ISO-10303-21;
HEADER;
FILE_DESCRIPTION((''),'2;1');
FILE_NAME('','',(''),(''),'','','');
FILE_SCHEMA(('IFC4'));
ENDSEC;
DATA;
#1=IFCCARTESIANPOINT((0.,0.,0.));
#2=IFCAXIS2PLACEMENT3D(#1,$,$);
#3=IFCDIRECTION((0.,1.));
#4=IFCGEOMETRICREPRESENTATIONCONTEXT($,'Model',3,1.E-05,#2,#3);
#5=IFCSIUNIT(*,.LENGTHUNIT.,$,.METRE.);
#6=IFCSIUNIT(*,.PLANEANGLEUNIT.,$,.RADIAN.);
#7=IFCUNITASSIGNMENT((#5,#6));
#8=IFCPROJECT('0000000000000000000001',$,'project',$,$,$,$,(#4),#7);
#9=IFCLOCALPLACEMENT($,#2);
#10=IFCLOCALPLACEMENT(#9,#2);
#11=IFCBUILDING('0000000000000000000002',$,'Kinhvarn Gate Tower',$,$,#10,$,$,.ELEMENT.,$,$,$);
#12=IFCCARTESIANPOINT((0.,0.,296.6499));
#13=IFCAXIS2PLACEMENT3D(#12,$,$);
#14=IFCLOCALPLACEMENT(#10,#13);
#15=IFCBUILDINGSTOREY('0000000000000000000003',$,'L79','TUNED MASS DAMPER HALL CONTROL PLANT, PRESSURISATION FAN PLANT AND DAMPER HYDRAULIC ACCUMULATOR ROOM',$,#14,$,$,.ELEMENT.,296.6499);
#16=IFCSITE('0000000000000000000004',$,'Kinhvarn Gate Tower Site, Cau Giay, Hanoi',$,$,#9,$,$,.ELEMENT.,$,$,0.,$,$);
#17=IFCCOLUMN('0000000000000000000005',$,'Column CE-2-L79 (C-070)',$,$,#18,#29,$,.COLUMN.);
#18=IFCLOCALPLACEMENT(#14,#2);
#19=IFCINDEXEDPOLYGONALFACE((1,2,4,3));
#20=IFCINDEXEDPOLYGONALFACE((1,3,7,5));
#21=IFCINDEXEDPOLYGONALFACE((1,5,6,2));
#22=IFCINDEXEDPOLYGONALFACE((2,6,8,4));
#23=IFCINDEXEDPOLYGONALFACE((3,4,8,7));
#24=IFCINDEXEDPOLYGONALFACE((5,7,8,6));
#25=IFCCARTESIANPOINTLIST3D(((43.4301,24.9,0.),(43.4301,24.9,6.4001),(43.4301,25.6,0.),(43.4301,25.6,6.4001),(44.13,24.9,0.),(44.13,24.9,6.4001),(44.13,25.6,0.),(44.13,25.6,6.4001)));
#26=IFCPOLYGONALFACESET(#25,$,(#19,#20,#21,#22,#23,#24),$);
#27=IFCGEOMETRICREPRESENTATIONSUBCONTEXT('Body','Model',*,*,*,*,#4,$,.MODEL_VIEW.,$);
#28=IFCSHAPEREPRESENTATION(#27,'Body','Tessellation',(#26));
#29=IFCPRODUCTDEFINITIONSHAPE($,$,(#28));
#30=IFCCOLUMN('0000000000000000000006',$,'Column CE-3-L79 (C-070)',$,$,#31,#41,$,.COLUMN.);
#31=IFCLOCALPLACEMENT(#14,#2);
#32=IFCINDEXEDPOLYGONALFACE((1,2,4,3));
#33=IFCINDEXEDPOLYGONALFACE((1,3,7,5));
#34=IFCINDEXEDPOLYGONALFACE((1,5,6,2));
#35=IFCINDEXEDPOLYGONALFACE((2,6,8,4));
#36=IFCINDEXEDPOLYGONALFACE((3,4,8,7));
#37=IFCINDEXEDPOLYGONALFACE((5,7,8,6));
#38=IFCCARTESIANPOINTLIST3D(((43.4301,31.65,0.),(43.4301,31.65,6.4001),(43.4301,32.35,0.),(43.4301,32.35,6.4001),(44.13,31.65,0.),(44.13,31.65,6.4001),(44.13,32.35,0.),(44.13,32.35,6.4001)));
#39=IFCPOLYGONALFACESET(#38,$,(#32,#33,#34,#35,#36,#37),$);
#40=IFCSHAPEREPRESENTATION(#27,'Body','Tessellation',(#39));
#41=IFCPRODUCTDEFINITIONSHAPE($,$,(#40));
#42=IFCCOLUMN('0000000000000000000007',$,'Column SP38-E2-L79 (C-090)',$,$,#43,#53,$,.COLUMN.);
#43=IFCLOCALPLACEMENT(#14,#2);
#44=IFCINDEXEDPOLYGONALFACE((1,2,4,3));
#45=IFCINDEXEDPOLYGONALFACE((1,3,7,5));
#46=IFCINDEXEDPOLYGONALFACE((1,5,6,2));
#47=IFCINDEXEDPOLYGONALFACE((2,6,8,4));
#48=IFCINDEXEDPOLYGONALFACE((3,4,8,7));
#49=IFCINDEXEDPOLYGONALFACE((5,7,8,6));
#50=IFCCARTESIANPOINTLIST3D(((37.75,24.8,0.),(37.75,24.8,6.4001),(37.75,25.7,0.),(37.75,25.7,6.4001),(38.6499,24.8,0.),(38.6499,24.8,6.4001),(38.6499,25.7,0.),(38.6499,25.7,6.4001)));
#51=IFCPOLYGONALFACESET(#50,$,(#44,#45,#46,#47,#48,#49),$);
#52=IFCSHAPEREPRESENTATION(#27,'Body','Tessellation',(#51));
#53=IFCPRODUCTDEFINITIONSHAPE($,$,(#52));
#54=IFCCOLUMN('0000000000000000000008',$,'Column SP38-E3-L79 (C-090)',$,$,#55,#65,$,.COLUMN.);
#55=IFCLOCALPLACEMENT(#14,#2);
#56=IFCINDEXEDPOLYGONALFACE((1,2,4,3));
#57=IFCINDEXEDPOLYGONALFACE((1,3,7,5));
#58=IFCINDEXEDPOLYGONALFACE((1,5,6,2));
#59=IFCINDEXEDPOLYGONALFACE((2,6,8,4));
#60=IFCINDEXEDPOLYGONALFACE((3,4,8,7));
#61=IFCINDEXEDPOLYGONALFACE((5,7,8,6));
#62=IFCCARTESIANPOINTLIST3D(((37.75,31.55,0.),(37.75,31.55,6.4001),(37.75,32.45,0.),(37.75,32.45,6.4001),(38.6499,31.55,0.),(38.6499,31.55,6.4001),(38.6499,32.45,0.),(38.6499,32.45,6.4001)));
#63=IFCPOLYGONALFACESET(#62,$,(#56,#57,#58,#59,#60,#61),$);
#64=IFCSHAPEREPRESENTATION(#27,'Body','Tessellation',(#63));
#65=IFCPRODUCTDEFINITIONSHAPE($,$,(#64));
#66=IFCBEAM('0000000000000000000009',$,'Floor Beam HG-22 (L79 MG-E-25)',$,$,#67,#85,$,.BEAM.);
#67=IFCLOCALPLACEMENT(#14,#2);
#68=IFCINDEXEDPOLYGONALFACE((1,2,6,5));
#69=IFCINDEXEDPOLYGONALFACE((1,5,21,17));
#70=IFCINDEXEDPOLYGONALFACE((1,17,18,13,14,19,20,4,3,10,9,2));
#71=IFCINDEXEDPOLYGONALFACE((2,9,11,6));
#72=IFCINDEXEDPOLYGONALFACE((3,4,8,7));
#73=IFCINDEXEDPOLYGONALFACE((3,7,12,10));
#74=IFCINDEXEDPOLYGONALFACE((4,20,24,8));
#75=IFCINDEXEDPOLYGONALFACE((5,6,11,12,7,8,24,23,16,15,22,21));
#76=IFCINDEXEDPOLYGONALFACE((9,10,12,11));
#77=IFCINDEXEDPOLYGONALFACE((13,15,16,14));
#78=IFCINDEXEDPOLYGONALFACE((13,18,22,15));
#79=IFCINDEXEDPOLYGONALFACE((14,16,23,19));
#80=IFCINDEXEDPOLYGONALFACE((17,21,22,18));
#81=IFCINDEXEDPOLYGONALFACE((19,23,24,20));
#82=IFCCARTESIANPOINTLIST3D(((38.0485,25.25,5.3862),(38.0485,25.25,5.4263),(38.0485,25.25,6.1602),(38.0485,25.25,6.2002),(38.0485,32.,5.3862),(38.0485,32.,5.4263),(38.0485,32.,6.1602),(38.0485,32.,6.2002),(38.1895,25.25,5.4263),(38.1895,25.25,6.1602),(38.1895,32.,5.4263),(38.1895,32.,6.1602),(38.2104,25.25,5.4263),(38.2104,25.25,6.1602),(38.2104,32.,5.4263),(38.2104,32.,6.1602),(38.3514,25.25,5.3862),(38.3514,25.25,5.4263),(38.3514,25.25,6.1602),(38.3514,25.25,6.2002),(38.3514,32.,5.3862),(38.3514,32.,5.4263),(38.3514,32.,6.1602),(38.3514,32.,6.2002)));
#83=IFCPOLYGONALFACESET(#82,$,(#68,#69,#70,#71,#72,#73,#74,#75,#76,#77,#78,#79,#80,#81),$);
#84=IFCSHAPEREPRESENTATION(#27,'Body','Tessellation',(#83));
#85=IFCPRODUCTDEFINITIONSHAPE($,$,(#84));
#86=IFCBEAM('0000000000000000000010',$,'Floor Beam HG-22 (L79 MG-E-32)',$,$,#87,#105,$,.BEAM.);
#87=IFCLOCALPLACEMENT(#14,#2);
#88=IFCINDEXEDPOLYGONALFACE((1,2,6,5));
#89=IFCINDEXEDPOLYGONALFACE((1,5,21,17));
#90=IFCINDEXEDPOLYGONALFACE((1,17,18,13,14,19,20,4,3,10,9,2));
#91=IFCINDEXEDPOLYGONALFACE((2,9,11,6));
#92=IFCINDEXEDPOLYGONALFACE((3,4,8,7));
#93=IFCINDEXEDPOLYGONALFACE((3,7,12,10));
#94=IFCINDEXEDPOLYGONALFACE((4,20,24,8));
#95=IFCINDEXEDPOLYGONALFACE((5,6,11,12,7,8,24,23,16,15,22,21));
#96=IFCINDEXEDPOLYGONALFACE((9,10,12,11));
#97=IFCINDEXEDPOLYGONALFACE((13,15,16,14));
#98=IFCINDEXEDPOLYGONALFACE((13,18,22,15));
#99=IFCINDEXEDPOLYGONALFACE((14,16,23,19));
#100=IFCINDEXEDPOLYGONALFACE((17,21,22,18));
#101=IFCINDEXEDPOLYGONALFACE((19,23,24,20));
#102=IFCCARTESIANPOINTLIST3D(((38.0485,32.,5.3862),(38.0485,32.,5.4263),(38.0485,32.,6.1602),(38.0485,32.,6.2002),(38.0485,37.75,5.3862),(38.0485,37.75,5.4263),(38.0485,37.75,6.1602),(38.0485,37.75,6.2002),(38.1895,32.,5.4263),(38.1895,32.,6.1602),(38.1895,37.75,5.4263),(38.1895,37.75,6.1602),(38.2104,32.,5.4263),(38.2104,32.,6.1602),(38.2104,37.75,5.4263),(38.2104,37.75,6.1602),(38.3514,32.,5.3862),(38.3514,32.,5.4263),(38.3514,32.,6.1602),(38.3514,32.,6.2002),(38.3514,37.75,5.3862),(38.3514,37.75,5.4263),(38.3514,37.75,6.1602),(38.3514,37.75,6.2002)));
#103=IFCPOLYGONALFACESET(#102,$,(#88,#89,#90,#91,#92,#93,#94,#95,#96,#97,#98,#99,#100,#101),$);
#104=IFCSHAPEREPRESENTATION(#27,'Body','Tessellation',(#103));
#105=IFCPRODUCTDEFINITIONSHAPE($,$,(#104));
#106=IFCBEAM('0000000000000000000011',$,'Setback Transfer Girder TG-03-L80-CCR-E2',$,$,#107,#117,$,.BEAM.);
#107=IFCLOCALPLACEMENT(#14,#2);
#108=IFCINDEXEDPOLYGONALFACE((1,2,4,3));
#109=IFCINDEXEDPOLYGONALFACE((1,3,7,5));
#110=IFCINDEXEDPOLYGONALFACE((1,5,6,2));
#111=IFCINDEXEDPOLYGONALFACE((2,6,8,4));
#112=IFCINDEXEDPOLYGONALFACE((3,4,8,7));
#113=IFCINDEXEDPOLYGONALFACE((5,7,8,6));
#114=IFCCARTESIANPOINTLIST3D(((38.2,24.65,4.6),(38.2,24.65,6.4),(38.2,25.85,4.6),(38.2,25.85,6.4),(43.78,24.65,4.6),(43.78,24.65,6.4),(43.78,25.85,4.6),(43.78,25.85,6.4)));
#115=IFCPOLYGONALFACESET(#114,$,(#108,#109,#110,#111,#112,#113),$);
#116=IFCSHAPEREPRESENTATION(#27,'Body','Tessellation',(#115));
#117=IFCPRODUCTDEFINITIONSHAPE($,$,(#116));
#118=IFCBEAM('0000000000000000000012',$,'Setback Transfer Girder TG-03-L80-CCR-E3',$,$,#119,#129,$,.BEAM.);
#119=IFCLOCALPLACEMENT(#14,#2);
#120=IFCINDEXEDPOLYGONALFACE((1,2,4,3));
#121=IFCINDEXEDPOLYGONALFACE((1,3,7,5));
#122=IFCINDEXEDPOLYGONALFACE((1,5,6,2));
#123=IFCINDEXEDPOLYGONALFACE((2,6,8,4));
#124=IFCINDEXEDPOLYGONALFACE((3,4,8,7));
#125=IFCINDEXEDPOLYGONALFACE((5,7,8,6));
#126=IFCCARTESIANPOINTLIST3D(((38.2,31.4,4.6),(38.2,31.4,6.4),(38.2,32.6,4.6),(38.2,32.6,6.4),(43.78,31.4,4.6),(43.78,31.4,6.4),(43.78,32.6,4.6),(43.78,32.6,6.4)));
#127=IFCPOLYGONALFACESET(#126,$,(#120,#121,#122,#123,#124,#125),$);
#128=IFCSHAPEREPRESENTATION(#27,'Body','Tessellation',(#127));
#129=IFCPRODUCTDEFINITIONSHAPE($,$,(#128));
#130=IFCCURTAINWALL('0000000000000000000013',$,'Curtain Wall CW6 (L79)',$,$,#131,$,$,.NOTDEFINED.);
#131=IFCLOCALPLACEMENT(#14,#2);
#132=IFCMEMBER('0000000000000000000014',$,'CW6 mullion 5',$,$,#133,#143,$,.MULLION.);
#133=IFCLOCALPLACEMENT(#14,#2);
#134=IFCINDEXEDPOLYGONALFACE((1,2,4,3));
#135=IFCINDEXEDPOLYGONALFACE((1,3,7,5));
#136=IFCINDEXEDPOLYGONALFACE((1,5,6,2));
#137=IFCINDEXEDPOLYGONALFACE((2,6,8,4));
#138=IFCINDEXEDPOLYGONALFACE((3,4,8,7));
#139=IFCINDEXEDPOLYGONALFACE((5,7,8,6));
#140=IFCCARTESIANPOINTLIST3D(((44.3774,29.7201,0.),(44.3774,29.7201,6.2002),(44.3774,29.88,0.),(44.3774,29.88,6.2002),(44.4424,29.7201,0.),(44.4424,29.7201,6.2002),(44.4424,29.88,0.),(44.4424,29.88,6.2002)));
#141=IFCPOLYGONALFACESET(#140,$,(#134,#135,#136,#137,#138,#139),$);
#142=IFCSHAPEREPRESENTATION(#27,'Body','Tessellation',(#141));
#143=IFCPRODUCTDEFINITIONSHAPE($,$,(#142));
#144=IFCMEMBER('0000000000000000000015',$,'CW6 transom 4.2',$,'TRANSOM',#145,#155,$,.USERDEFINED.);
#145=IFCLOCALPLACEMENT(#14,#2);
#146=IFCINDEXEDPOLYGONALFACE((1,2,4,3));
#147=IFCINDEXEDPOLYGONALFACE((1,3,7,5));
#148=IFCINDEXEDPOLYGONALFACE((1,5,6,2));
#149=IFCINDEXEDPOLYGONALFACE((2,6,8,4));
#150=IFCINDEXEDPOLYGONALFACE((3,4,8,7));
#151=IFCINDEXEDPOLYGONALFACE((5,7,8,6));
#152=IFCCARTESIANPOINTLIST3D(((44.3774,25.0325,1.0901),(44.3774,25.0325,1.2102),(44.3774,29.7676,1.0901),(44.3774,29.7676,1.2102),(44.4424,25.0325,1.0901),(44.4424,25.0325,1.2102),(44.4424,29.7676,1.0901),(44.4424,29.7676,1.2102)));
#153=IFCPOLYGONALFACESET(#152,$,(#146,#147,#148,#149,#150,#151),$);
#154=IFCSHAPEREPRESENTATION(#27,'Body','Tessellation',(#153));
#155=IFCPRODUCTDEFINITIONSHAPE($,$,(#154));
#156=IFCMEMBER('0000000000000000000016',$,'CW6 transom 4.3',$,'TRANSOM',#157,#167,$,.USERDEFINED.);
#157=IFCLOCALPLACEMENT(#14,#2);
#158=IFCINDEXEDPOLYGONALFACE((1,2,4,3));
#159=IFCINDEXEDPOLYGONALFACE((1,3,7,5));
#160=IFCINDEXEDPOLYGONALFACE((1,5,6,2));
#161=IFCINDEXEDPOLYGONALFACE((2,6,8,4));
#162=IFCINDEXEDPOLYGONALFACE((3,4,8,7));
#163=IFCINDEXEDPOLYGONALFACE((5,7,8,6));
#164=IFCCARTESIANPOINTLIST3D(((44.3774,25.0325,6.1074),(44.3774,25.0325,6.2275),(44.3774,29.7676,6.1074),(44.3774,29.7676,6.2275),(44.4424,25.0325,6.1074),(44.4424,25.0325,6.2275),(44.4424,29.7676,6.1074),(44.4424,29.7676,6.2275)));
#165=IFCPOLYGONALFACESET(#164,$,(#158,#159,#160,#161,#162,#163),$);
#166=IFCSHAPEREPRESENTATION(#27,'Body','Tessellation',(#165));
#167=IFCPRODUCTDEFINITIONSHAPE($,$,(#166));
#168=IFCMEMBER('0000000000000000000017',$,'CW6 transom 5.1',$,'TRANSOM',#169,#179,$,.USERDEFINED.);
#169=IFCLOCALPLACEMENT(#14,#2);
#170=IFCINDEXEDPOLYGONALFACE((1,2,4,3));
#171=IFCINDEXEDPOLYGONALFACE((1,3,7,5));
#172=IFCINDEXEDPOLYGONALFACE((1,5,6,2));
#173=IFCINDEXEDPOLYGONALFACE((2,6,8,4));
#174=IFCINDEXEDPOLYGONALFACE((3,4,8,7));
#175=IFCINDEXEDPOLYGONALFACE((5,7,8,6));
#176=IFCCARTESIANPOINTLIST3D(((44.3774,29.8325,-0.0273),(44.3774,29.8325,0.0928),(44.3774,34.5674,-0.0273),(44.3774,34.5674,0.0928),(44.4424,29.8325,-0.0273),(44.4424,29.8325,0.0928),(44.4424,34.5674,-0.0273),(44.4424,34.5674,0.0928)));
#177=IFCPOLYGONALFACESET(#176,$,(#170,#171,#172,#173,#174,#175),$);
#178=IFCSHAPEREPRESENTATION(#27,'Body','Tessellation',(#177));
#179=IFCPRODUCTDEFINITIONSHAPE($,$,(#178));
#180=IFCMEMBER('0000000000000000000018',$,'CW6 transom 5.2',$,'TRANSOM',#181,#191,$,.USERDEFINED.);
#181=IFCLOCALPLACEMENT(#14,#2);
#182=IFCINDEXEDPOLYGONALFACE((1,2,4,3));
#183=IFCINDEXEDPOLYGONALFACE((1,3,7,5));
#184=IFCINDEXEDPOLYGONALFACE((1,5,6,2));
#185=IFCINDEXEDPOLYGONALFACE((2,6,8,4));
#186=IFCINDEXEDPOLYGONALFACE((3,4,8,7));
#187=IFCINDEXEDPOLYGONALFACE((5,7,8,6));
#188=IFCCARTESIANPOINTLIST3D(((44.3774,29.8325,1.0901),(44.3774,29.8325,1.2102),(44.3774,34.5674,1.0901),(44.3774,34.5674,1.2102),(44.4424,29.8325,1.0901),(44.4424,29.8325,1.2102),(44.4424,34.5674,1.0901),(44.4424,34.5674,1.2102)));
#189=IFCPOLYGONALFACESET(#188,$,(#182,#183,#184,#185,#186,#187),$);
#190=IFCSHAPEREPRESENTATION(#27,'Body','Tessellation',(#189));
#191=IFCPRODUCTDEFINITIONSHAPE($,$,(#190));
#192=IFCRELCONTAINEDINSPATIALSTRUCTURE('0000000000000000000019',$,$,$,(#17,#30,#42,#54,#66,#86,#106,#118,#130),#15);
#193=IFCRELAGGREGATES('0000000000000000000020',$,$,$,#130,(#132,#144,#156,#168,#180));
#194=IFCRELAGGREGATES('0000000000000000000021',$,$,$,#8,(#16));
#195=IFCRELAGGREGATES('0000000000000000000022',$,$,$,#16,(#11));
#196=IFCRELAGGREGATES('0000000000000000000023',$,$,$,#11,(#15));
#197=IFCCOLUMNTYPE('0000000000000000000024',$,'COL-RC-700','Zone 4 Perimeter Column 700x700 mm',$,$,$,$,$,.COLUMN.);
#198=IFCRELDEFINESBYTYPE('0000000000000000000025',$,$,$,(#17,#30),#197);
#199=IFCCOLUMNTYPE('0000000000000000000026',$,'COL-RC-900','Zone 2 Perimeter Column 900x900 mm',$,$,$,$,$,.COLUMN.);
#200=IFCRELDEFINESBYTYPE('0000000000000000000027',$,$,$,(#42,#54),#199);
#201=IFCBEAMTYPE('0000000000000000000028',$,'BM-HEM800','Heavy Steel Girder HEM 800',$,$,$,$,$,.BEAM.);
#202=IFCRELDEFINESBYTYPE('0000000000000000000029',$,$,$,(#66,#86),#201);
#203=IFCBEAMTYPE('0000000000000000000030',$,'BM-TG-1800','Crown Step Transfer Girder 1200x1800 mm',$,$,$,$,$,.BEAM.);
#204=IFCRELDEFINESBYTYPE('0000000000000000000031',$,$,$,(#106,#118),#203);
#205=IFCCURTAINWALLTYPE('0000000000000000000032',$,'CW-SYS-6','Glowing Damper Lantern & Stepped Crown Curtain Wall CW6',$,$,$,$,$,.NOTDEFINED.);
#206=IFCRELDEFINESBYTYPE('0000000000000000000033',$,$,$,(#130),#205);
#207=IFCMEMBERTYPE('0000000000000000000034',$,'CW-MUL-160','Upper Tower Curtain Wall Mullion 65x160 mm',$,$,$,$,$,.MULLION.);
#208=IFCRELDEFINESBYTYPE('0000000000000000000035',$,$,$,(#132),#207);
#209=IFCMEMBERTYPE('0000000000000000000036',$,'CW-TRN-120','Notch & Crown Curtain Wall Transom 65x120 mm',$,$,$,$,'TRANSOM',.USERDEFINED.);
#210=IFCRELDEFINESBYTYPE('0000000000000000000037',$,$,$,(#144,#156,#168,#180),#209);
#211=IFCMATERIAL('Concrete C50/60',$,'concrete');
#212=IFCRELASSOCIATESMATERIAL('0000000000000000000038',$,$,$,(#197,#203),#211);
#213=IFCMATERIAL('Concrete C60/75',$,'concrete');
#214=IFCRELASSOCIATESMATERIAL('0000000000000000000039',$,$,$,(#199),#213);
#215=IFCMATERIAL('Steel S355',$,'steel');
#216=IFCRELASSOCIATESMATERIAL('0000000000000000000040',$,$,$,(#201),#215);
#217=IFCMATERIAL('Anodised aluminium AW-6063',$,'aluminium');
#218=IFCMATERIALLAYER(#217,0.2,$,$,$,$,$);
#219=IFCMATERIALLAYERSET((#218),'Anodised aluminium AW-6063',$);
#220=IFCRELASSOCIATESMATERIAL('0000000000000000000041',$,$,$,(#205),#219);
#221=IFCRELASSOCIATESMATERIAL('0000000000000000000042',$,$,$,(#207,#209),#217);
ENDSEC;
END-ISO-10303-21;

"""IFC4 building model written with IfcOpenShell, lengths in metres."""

from ifc_helpers import new_model, si_unit, direction, frame, origin, origin_2d, place, context, subcontext, project, spatial, rectangle, i_section, extrude, material, layer, layer_set, material_profile, profile_set, type_object, element, aggregate, save


model = new_model("IFC4")

# Units and contexts
model_context = context("Model", 3, precision=1e-05, world=origin(), true_north=direction((0.0, 1.0)))
body_context = subcontext(model_context, "Body", "Model", "MODEL_VIEW")
ifc_project = project(units=[si_unit("LENGTHUNIT", "METRE"), si_unit("PLANEANGLEUNIT", "RADIAN")], contexts=[model_context])

# Site, building, storey
site_placement = place(None, origin())
site = spatial("IfcSite", under=ifc_project, at=site_placement, Name="Kinhvarn Gate Tower Site, Cau Giay, Hanoi", CompositionType="ELEMENT", RefElevation=0.0)
building_placement = place(site_placement, origin())
building = spatial("IfcBuilding", under=site, at=building_placement, Name="Kinhvarn Gate Tower", CompositionType="ELEMENT")
storey_placement = place(building_placement, frame((0.0, 0.0, 296.6499)))
storey = spatial("IfcBuildingStorey", under=building, at=storey_placement, Name="L79", Description="TUNED MASS DAMPER HALL CONTROL PLANT, PRESSURISATION FAN PLANT AND DAMPER HYDRAULIC ACCUMULATOR ROOM", CompositionType="ELEMENT", Elevation=296.6499)

# Columns
ifc_material_1 = material(Name="Concrete C50/60", Category="concrete")
ifc_material_profile_1 = material_profile(ifc_material_1, rectangle(XDim=0.7, YDim=0.7, at=origin_2d()), Name="RC 700x700")
ifc_profile_set_1 = profile_set([ifc_material_profile_1], Name="Concrete C50/60")
column_type_1 = type_object("IfcColumnType", Name="COL-RC-700", Description="Zone 4 Perimeter Column 700x700 mm", PredefinedType="COLUMN", material=ifc_profile_set_1)
for number, where, z_axis, x_axis, name in (
    (1, (43.78, 25.25, 0.0), (0.0, 0.0, 1.0), (1.0, 0.0, 0.0), "Column CE-2-L79 (C-070)"),
    (2, (43.78, 32.0, 0.0), (0.0, 0.0, 1.0), (1.0, 0.0, 0.0), "Column CE-3-L79 (C-070)"),
):
    element("IfcColumn", number, at=place(storey_placement, frame(where, z_axis=z_axis, x_axis=x_axis)), inside=storey, type_object=column_type_1, Name=name, PredefinedType="COLUMN", context=body_context, shape_type="SweptSolid", body=[
        extrude(rectangle(XDim=0.7, YDim=0.7, at=origin_2d()), origin(), (0.0, 0.0, 1.0), 6.4001),
    ])
ifc_material_2 = material(Name="Concrete C60/75", Category="concrete")
ifc_material_profile_2 = material_profile(ifc_material_2, rectangle(XDim=0.8999, YDim=0.8999, at=origin_2d()), Name="RC 900x900")
ifc_profile_set_2 = profile_set([ifc_material_profile_2], Name="Concrete C60/75")
column_type_2 = type_object("IfcColumnType", Name="COL-RC-900", Description="Zone 2 Perimeter Column 900x900 mm", PredefinedType="COLUMN", material=ifc_profile_set_2)
for number, where, z_axis, x_axis, name in (
    (3, (38.2, 25.25, 0.0), (0.0, 0.0, 1.0), (1.0, 0.0, 0.0), "Column SP38-E2-L79 (C-090)"),
    (4, (38.2, 32.0, 0.0), (0.0, 0.0, 1.0), (1.0, 0.0, 0.0), "Column SP38-E3-L79 (C-090)"),
):
    element("IfcColumn", number, at=place(storey_placement, frame(where, z_axis=z_axis, x_axis=x_axis)), inside=storey, type_object=column_type_2, Name=name, PredefinedType="COLUMN", context=body_context, shape_type="SweptSolid", body=[
        extrude(rectangle(XDim=0.8999, YDim=0.8999, at=origin_2d()), origin(), (0.0, 0.0, 1.0), 6.4001),
    ])

# Beams
ifc_material_3 = material(Name="Steel S355", Category="steel")
ifc_material_profile_3 = material_profile(ifc_material_3, i_section(OverallWidth=0.303, OverallDepth=0.814, WebThickness=0.021, FlangeThickness=0.04, at=origin_2d()), Name="HEM 800")
ifc_profile_set_3 = profile_set([ifc_material_profile_3], Name="Steel S355")
beam_type_1 = type_object("IfcBeamType", Name="BM-HEM800", Description="Heavy Steel Girder HEM 800", PredefinedType="BEAM", material=ifc_profile_set_3)
beam_1_placement = place(storey_placement, frame((38.2, 25.25, 5.7932), z_axis=(0.0, 1.0, 0.0), x_axis=(-1.0, 0.0, 0.0)))
element("IfcBeam", 5, at=beam_1_placement, inside=storey, type_object=beam_type_1, Name="Floor Beam HG-22 (L79 MG-E-25)", PredefinedType="BEAM", context=body_context, shape_type="SweptSolid", body=[
    extrude(i_section(OverallWidth=0.303, OverallDepth=0.814, WebThickness=0.021, FlangeThickness=0.04, at=origin_2d()), origin(), (0.0, 0.0, 1.0), 6.75),
])
beam_2_placement = place(storey_placement, frame((38.2, 32.0, 5.7932), z_axis=(0.0, 1.0, 0.0), x_axis=(-1.0, 0.0, 0.0)))
element("IfcBeam", 6, at=beam_2_placement, inside=storey, type_object=beam_type_1, Name="Floor Beam HG-22 (L79 MG-E-32)", PredefinedType="BEAM", context=body_context, shape_type="SweptSolid", body=[
    extrude(i_section(OverallWidth=0.303, OverallDepth=0.814, WebThickness=0.021, FlangeThickness=0.04, at=origin_2d()), origin(), (0.0, 0.0, 1.0), 5.75),
])
ifc_material_profile_4 = material_profile(ifc_material_1, rectangle(XDim=1.2, YDim=1.8, at=origin_2d()), Name="RC 1200x1800")
ifc_profile_set_4 = profile_set([ifc_material_profile_4], Name="Concrete C50/60")
beam_type_2 = type_object("IfcBeamType", Name="BM-TG-1800", Description="Crown Step Transfer Girder 1200x1800 mm", PredefinedType="BEAM", material=ifc_profile_set_4)
for number, where, z_axis, x_axis, name in (
    (7, (38.2, 25.25, 5.5), (1.0, 0.0, 0.0), (0.0, 1.0, 0.0), "Setback Transfer Girder TG-03-L80-CCR-E2"),
    (8, (38.2, 32.0, 5.5), (1.0, 0.0, 0.0), (0.0, 1.0, 0.0), "Setback Transfer Girder TG-03-L80-CCR-E3"),
):
    element("IfcBeam", number, at=place(storey_placement, frame(where, z_axis=z_axis, x_axis=x_axis)), inside=storey, type_object=beam_type_2, Name=name, PredefinedType="BEAM", context=body_context, shape_type="SweptSolid", body=[
        extrude(rectangle(XDim=1.2, YDim=1.8, at=origin_2d()), origin(), (0.0, 0.0, 1.0), 5.5801),
    ])

# Curtain wall, members
ifc_material_4 = material(Name="Anodised aluminium AW-6063", Category="aluminium")
ifc_layer_1 = layer(ifc_material_4, 0.2)
ifc_layer_set_1 = layer_set([ifc_layer_1], Name="Anodised aluminium AW-6063")
curtain_wall_type = type_object("IfcCurtainWallType", Name="CW-SYS-6", Description="Glowing Damper Lantern & Stepped Crown Curtain Wall CW6", PredefinedType="NOTDEFINED", material=ifc_layer_set_1)
curtain_wall_placement = place(storey_placement, origin())
curtain_wall = element("IfcCurtainWall", 9, at=curtain_wall_placement, inside=storey, type_object=curtain_wall_type, Name="Curtain Wall CW6 (L79)", PredefinedType="NOTDEFINED")
ifc_material_profile_5 = material_profile(ifc_material_4, rectangle(XDim=0.0649, YDim=0.1599, at=origin_2d()), Name="ALU 65x160")
ifc_profile_set_5 = profile_set([ifc_material_profile_5], Name="Anodised aluminium AW-6063")
member_type_1 = type_object("IfcMemberType", Name="CW-MUL-160", Description="Upper Tower Curtain Wall Mullion 65x160 mm", PredefinedType="MULLION", material=ifc_profile_set_5)
member_1_placement = place(storey_placement, frame((44.4099, 29.8, 0.0), z_axis=(0.0, 0.0, 1.0), x_axis=(-1.0, 0.0, 0.0)))
member_1 = element("IfcMember", 10, at=member_1_placement, type_object=member_type_1, Name="CW6 mullion 5", PredefinedType="MULLION", context=body_context, shape_type="SweptSolid", body=[
    extrude(rectangle(XDim=0.0649, YDim=0.1599, at=origin_2d()), origin(), (0.0, 0.0, 1.0), 6.2002),
])
ifc_material_profile_6 = material_profile(ifc_material_4, rectangle(XDim=0.0649, YDim=0.1201, at=origin_2d()), Name="ALU 65x120")
ifc_profile_set_6 = profile_set([ifc_material_profile_6], Name="Anodised aluminium AW-6063")
member_type_2 = type_object("IfcMemberType", Name="CW-TRN-120", Description="Notch & Crown Curtain Wall Transom 65x120 mm", ElementType="TRANSOM", PredefinedType="USERDEFINED", material=ifc_profile_set_6)
member_2_placement = place(storey_placement, frame((44.4099, 25.0325, 1.1501), z_axis=(0.0, 1.0, 0.0), x_axis=(-1.0, 0.0, 0.0)))
member_2 = element("IfcMember", 11, at=member_2_placement, type_object=member_type_2, Name="CW6 transom 4.2", ObjectType="TRANSOM", PredefinedType="USERDEFINED", context=body_context, shape_type="SweptSolid", body=[
    extrude(rectangle(XDim=0.0649, YDim=0.1201, at=origin_2d()), origin(), (0.0, 0.0, 1.0), 4.7351),
])
member_3_placement = place(storey_placement, frame((44.4099, 25.0325, 6.1675), z_axis=(0.0, 1.0, 0.0), x_axis=(-1.0, 0.0, 0.0)))
member_3 = element("IfcMember", 12, at=member_3_placement, type_object=member_type_2, Name="CW6 transom 4.3", ObjectType="TRANSOM", PredefinedType="USERDEFINED", context=body_context, shape_type="SweptSolid", body=[
    extrude(rectangle(XDim=0.0649, YDim=0.1201, at=origin_2d()), origin(), (0.0, 0.0, 1.0), 4.7351),
])
member_4_placement = place(storey_placement, frame((44.4099, 29.8325, 0.0327), z_axis=(0.0, 1.0, 0.0), x_axis=(-1.0, 0.0, 0.0)))
member_4 = element("IfcMember", 13, at=member_4_placement, type_object=member_type_2, Name="CW6 transom 5.1", ObjectType="TRANSOM", PredefinedType="USERDEFINED", context=body_context, shape_type="SweptSolid", body=[
    extrude(rectangle(XDim=0.0649, YDim=0.1201, at=origin_2d()), origin(), (0.0, 0.0, 1.0), 4.7349),
])
member_5_placement = place(storey_placement, frame((44.4099, 29.8325, 1.1501), z_axis=(0.0, 1.0, 0.0), x_axis=(-1.0, 0.0, 0.0)))
member_5 = element("IfcMember", 14, at=member_5_placement, type_object=member_type_2, Name="CW6 transom 5.2", ObjectType="TRANSOM", PredefinedType="USERDEFINED", context=body_context, shape_type="SweptSolid", body=[
    extrude(rectangle(XDim=0.0649, YDim=0.1201, at=origin_2d()), origin(), (0.0, 0.0, 1.0), 4.7349),
])

aggregate(curtain_wall, [member_1, member_2, member_3, member_4, member_5])

save(model, "model.ifc")
